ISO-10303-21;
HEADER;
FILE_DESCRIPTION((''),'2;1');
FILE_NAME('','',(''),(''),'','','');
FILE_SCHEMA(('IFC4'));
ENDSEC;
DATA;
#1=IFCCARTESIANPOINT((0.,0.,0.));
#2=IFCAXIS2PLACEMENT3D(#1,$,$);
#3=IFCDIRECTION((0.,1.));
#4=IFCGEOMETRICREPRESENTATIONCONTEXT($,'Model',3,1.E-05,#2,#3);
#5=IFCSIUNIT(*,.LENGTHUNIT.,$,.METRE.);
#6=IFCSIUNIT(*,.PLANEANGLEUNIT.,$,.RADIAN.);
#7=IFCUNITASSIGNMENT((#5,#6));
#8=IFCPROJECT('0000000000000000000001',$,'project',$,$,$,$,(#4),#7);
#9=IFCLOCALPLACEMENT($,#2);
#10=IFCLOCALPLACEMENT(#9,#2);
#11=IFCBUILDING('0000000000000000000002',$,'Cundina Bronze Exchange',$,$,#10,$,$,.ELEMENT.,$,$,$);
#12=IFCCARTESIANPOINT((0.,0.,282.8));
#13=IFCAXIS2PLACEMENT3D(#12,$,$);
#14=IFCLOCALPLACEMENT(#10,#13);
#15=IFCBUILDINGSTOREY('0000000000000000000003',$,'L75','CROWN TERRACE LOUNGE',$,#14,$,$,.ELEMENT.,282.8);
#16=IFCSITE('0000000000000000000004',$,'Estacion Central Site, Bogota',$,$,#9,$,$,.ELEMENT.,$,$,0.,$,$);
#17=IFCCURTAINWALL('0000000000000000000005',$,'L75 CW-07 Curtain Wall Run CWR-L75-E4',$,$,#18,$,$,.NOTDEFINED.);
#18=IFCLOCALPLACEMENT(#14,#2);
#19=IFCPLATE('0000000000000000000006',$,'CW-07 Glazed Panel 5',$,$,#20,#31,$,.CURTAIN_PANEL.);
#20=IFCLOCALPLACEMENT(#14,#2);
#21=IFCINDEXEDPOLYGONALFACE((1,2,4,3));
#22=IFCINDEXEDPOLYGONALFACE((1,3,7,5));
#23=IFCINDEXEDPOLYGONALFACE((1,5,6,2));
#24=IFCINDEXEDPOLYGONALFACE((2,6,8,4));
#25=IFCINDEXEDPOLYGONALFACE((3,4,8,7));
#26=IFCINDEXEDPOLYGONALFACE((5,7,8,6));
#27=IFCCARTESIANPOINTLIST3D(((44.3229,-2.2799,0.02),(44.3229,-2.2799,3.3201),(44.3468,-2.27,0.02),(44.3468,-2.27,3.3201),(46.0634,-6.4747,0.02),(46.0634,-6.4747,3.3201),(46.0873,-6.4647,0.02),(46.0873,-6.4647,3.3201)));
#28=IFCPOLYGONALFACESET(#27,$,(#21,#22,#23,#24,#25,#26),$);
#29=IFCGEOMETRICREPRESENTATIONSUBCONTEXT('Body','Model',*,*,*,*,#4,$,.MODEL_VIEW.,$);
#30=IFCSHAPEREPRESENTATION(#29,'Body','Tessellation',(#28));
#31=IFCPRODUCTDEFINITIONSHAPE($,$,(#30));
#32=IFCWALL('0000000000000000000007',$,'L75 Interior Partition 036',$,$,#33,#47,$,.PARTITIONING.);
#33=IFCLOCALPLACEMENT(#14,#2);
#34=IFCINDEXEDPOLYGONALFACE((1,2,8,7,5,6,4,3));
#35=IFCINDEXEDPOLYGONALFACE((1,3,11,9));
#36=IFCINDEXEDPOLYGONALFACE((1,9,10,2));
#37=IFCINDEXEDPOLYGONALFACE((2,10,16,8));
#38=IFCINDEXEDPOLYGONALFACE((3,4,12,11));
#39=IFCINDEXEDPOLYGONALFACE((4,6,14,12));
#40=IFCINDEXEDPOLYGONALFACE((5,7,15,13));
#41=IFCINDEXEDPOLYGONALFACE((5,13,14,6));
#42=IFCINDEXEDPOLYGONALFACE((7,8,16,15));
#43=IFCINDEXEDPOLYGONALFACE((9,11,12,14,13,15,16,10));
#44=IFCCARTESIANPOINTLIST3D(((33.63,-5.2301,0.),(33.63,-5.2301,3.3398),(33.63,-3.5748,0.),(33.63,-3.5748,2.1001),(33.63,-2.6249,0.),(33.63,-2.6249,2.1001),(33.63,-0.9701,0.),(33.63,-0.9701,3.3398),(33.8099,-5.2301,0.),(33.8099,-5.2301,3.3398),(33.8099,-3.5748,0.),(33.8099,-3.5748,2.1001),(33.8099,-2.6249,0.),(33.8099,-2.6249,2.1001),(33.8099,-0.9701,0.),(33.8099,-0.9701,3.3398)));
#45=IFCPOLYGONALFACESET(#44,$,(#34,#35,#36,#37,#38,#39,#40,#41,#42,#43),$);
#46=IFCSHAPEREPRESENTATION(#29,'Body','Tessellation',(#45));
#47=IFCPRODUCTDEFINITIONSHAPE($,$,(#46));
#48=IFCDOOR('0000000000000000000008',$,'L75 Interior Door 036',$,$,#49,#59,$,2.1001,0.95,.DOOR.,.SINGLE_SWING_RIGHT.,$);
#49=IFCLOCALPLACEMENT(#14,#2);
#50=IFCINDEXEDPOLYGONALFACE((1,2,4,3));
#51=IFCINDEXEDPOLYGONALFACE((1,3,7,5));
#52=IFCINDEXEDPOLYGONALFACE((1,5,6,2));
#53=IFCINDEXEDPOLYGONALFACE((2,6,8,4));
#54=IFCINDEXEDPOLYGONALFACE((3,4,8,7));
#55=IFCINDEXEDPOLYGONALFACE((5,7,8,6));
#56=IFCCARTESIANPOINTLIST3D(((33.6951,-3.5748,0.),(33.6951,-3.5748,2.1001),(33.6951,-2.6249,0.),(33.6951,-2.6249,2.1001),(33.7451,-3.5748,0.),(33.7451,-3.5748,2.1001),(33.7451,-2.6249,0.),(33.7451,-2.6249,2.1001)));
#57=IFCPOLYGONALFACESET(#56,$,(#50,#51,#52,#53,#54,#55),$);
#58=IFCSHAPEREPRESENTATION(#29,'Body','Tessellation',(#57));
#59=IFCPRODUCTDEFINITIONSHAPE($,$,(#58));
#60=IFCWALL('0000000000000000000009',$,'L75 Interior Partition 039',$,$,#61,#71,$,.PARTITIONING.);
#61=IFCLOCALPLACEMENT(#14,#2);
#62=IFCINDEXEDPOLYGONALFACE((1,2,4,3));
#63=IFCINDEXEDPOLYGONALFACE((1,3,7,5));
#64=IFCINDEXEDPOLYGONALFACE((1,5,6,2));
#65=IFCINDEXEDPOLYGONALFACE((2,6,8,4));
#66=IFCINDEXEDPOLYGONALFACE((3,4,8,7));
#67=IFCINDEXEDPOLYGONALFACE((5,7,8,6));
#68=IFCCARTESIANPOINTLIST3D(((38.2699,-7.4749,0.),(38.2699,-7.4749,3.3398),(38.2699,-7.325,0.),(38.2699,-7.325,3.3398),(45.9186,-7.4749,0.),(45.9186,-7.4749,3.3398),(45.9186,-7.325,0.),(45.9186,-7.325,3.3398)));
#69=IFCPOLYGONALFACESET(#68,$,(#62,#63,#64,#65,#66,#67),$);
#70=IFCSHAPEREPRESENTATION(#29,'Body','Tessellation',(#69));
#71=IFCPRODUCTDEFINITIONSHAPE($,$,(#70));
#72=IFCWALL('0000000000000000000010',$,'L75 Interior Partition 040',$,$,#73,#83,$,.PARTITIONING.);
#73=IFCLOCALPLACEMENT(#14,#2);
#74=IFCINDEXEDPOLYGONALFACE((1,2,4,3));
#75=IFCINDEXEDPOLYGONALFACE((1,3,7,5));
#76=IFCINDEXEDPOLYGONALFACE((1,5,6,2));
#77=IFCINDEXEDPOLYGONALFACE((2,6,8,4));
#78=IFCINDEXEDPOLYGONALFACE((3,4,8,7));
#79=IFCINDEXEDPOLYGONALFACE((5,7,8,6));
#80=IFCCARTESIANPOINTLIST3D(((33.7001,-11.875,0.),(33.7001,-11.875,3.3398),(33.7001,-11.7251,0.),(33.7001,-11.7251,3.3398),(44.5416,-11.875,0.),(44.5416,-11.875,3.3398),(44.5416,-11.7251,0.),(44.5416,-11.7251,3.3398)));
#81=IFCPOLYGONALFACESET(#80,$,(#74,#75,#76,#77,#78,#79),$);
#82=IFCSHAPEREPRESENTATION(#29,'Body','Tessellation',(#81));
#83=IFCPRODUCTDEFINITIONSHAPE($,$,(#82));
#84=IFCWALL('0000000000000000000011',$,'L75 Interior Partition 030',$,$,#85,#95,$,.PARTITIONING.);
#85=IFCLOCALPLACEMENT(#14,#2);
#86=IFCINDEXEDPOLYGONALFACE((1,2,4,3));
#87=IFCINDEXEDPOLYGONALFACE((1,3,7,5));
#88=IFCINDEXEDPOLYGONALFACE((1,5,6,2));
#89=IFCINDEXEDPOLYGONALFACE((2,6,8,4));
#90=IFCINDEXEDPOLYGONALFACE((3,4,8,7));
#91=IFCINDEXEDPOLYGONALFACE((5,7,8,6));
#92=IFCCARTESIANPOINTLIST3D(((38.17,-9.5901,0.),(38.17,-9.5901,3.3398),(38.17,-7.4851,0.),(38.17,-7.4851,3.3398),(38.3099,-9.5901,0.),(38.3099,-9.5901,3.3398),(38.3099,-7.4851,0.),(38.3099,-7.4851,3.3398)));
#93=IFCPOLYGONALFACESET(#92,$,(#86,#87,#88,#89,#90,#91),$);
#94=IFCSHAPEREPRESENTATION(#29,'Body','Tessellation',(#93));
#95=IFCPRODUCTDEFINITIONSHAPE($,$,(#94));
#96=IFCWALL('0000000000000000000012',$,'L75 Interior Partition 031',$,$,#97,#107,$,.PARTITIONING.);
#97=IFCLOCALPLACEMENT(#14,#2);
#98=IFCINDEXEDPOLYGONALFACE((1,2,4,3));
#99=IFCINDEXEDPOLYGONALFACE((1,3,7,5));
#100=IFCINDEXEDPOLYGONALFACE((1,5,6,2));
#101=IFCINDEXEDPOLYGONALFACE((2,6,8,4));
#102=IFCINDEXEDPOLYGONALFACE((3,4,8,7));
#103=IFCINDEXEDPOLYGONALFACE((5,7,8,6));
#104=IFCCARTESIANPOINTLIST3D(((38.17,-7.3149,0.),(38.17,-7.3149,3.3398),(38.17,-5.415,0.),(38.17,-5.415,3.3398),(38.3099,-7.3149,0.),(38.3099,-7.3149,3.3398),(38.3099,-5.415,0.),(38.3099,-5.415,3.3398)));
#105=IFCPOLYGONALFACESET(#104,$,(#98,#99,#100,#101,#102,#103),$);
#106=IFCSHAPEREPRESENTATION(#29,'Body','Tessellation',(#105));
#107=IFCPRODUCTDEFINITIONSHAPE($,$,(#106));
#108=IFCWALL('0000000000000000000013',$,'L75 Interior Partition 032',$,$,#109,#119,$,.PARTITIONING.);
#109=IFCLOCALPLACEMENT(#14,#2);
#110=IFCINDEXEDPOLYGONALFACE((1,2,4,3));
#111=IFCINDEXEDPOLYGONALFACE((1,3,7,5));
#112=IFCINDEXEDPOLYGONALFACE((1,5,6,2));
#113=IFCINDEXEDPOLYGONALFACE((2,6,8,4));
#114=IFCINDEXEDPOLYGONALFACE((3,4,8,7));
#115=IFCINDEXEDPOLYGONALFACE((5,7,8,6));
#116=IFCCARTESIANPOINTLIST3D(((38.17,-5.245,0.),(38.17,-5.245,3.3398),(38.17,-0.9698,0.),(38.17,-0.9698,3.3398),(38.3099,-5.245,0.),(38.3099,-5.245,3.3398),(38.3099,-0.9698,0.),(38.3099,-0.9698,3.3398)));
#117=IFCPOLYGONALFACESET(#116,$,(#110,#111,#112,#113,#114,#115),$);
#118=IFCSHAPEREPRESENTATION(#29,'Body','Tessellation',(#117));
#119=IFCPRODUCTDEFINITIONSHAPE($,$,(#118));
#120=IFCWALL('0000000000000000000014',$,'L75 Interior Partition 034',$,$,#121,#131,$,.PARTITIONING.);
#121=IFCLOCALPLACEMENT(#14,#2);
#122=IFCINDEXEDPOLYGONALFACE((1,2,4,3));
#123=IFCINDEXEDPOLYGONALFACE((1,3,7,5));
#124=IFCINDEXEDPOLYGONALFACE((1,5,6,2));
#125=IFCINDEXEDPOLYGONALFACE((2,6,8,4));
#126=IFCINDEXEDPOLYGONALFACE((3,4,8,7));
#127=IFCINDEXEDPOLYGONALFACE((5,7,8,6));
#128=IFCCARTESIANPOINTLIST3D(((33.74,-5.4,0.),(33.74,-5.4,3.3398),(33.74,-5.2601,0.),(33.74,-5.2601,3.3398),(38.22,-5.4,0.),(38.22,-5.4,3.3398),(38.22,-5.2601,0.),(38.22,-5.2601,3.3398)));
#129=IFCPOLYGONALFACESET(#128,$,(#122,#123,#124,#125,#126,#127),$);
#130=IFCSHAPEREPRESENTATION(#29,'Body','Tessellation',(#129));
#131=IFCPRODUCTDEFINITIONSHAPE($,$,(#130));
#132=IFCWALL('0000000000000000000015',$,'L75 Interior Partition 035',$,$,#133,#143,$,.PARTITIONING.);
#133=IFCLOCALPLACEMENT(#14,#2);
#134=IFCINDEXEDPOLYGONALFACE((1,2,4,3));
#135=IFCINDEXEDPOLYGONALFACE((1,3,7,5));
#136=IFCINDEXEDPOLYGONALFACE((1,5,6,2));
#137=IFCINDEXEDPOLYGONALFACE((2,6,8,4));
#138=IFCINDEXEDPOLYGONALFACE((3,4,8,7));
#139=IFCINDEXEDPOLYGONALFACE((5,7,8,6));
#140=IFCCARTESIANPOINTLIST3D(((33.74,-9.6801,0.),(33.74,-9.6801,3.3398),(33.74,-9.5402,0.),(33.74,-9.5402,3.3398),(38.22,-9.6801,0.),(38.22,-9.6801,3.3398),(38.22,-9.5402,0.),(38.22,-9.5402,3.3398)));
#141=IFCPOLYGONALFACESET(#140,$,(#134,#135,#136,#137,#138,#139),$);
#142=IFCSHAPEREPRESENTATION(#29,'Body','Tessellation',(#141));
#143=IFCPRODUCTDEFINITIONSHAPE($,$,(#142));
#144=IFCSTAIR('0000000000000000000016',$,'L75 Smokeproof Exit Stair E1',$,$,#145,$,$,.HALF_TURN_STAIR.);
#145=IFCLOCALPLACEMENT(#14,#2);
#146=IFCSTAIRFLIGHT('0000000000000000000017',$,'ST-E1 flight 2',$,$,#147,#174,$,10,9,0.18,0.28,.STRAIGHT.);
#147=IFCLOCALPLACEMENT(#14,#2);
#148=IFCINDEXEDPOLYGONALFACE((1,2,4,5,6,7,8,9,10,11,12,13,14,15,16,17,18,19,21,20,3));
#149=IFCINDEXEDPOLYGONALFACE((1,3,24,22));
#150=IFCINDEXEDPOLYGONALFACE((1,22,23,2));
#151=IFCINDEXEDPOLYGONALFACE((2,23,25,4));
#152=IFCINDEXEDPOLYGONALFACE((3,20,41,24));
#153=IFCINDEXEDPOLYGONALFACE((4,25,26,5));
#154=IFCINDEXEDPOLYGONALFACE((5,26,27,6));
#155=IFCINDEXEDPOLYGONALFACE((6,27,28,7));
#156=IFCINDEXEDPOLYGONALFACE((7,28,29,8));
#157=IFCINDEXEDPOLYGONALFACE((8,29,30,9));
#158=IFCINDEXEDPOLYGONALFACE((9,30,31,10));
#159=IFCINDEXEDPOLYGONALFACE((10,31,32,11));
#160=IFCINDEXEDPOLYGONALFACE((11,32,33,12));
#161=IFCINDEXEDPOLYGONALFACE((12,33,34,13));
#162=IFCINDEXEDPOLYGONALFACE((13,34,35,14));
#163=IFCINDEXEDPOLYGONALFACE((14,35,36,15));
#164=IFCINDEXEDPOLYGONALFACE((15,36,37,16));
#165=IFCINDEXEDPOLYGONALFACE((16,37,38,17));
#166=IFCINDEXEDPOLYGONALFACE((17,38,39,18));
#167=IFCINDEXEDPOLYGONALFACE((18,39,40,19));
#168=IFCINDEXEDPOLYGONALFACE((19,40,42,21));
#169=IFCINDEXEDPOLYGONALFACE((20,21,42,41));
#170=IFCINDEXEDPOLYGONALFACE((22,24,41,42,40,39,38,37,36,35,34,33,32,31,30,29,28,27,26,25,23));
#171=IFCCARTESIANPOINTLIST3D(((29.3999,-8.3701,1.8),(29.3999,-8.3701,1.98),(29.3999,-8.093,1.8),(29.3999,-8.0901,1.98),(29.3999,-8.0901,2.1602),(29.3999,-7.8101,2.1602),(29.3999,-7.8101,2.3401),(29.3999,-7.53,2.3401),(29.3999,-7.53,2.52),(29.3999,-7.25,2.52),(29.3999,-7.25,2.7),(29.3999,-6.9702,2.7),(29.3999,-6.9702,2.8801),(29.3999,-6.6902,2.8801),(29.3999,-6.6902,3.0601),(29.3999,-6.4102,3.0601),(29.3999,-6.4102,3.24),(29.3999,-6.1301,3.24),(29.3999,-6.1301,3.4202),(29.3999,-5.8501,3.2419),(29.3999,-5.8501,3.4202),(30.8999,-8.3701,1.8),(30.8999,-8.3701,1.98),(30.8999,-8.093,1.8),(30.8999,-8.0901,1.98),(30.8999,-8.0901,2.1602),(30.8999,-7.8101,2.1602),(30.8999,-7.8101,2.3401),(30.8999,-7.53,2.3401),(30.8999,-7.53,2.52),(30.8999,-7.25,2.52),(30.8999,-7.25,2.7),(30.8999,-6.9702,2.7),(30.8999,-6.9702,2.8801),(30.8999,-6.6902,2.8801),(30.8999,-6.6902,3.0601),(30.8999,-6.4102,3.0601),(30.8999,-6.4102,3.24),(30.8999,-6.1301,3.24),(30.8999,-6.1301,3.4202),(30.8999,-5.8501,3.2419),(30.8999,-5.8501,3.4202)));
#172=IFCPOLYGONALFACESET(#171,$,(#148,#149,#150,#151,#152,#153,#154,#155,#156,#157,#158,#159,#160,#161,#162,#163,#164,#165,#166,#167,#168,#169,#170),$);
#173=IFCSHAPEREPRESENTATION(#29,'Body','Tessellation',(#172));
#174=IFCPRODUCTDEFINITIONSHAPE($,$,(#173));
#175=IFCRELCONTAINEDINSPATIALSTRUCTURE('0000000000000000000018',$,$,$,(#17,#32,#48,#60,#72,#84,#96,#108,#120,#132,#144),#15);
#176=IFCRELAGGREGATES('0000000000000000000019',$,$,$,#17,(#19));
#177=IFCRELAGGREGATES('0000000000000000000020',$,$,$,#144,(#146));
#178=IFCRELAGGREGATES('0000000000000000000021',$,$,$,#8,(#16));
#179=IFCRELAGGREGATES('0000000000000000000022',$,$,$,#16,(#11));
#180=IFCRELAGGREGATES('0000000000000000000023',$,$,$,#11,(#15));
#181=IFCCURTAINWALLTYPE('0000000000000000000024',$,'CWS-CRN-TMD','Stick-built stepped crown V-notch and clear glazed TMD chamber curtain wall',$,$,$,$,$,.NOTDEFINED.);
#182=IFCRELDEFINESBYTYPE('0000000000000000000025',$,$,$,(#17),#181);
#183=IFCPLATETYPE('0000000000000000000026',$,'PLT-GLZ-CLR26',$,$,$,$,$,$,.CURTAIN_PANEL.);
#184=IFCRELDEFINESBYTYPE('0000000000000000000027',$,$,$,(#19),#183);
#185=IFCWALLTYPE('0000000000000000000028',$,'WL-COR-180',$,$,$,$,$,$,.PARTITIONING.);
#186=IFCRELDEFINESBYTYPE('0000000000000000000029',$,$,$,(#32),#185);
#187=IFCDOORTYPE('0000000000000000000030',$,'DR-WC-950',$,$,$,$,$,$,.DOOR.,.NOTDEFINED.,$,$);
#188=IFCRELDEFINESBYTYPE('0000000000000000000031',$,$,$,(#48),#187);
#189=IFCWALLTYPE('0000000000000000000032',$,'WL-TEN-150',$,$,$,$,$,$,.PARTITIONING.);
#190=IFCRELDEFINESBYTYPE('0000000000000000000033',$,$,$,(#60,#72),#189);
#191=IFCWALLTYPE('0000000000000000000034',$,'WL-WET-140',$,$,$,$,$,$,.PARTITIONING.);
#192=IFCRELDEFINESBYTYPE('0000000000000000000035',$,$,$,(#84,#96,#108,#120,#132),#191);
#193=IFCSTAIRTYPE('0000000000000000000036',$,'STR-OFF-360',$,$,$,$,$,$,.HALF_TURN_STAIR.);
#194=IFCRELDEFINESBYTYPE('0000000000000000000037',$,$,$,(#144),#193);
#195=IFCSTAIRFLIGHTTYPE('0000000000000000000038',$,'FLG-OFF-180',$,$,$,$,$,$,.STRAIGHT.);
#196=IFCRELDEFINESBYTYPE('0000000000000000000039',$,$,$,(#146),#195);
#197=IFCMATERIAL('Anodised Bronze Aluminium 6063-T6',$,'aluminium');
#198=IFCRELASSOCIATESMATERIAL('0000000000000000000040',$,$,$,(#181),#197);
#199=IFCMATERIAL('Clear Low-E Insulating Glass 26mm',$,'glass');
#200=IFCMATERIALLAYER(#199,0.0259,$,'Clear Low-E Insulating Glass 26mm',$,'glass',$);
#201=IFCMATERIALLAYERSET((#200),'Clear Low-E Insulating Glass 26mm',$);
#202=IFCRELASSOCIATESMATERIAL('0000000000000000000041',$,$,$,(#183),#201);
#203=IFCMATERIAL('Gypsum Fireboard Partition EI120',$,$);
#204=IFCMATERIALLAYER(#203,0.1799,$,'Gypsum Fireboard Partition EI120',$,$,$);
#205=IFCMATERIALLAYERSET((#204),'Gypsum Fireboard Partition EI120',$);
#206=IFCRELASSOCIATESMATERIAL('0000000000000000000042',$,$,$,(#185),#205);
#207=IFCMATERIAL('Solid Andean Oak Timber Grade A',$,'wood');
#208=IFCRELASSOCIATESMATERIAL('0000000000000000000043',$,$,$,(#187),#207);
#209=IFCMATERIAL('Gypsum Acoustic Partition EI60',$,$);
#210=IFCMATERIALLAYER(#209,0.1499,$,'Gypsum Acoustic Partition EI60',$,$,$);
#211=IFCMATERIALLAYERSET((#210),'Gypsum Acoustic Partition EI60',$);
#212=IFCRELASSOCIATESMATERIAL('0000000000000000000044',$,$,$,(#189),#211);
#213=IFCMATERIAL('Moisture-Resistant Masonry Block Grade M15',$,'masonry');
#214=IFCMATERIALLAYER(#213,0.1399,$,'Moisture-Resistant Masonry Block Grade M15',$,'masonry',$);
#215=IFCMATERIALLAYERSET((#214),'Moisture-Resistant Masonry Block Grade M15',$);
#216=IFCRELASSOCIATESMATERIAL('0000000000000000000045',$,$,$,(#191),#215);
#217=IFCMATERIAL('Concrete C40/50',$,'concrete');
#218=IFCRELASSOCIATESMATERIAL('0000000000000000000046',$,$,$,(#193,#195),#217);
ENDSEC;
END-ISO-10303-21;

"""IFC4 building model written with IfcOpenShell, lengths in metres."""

from ifc_helpers import new_model, si_unit, direction, frame, frame_2d, origin, origin_2d, place, context, subcontext, project, spatial, polyline, rectangle, outline, extrude, material, layer, layer_set, type_object, element, fill, aggregate, save


model = new_model("IFC4")

# Units and contexts
model_context = context("Model", 3, precision=1e-05, world=origin(), true_north=direction((0.0, 1.0)))
body_context = subcontext(model_context, "Body", "Model", "MODEL_VIEW")
ifc_project = project(units=[si_unit("LENGTHUNIT", "METRE"), si_unit("PLANEANGLEUNIT", "RADIAN")], contexts=[model_context])

# Site, building, storey
site_placement = place(None, origin())
site = spatial("IfcSite", under=ifc_project, at=site_placement, Name="Estacion Central Site, Bogota", CompositionType="ELEMENT", RefElevation=0.0)
building_placement = place(site_placement, origin())
building = spatial("IfcBuilding", under=site, at=building_placement, Name="Cundina Bronze Exchange", CompositionType="ELEMENT")
storey_placement = place(building_placement, frame((0.0, 0.0, 282.8)))
storey = spatial("IfcBuildingStorey", under=building, at=storey_placement, Name="L75", Description="CROWN TERRACE LOUNGE", CompositionType="ELEMENT", Elevation=282.8)

# Curtain wall
ifc_material_1 = material(Name="Anodised Bronze Aluminium 6063-T6", Category="aluminium")
curtain_wall_type = type_object("IfcCurtainWallType", Name="CWS-CRN-TMD", Description="Stick-built stepped crown V-notch and clear glazed TMD chamber curtain wall", PredefinedType="NOTDEFINED", material=ifc_material_1)
curtain_wall_placement = place(storey_placement, origin())
curtain_wall = element("IfcCurtainWall", 1, at=curtain_wall_placement, inside=storey, type_object=curtain_wall_type, Name="L75 CW-07 Curtain Wall Run CWR-L75-E4", PredefinedType="NOTDEFINED")

# Plate
ifc_material_2 = material(Name="Clear Low-E Insulating Glass 26mm", Category="glass")
ifc_layer_1 = layer(ifc_material_2, 0.0259, Name="Clear Low-E Insulating Glass 26mm", Category="glass")
ifc_layer_set_1 = layer_set([ifc_layer_1], Name="Clear Low-E Insulating Glass 26mm")
plate_type_1 = type_object("IfcPlateType", Name="PLT-GLZ-CLR26", PredefinedType="CURTAIN_PANEL", material=ifc_layer_set_1)
plate_1_placement = place(storey_placement, frame((45.2051, -4.3723, 0.02), z_axis=(0.0, 0.0, 1.0), x_axis=(-0.383232, 0.923652, 0.0)))
plate_1 = element("IfcPlate", 2, at=plate_1_placement, type_object=plate_type_1, Name="CW-07 Glazed Panel 5", PredefinedType="CURTAIN_PANEL", context=body_context, shape_type="SweptSolid", body=[
    extrude(rectangle(XDim=4.5415, YDim=0.0259, at=origin_2d()), origin(), (0.0, 0.0, 1.0), 3.3),
])
aggregate(curtain_wall, [plate_1])

# Wall, opening, door
ifc_material_3 = material(Name="Gypsum Fireboard Partition EI120")
ifc_layer_2 = layer(ifc_material_3, 0.1799, Name="Gypsum Fireboard Partition EI120")
ifc_layer_set_2 = layer_set([ifc_layer_2], Name="Gypsum Fireboard Partition EI120")
wall_type_1 = type_object("IfcWallType", Name="WL-COR-180", PredefinedType="PARTITIONING", material=ifc_layer_set_2)
wall_1_placement = place(storey_placement, frame((33.72, -5.23, 0.0), z_axis=(0.0, 0.0, 1.0), x_axis=(0.0, 1.0, 0.0)))
wall_1 = element("IfcWall", 3, at=wall_1_placement, inside=storey, type_object=wall_type_1, Name="L75 Interior Partition 036", PredefinedType="PARTITIONING", context=body_context, shape_type="SweptSolid", body=[
    extrude(rectangle(XDim=4.26, YDim=0.1799, at=frame_2d((2.1299, 0.0))), origin(), (0.0, 0.0, 1.0), 3.3398),
])
opening_1_placement = place(wall_1_placement, frame((1.655, 0.0, 0.0)))
opening_1 = element("IfcOpeningElement", 4, at=opening_1_placement, cuts=wall_1, PredefinedType="OPENING", context=body_context, shape_type="SweptSolid", body=[
    extrude(rectangle(XDim=0.95, YDim=2.1001, at=frame_2d((0.4751, 1.05))), frame((0.0, 0.0999, 0.0), z_axis=(0.0, -1.0, 0.0), x_axis=(1.0, 0.0, 0.0)), (0.0, 0.0, 1.0), 0.2),
])
ifc_material_4 = material(Name="Solid Andean Oak Timber Grade A", Category="wood")
door_type_1 = type_object("IfcDoorType", Name="DR-WC-950", OperationType="NOTDEFINED", PredefinedType="DOOR", material=ifc_material_4)
door_1_placement = place(opening_1_placement, origin())
door_1 = element("IfcDoor", 5, at=door_1_placement, inside=storey, type_object=door_type_1, Name="L75 Interior Door 036", OperationType="SINGLE_SWING_RIGHT", OverallHeight=2.1001, OverallWidth=0.95, PredefinedType="DOOR", context=body_context, shape_type="SweptSolid", body=[
    extrude(rectangle(XDim=0.95, YDim=2.1001, at=frame_2d((0.4751, 1.05))), frame((0.0, 0.0249, 0.0), z_axis=(0.0, -1.0, 0.0), x_axis=(1.0, 0.0, 0.0)), (0.0, 0.0, 1.0), 0.05),
])
fill(opening_1, door_1)

# Walls
ifc_material_5 = material(Name="Gypsum Acoustic Partition EI60")
ifc_layer_3 = layer(ifc_material_5, 0.1499, Name="Gypsum Acoustic Partition EI60")
ifc_layer_set_3 = layer_set([ifc_layer_3], Name="Gypsum Acoustic Partition EI60")
wall_type_2 = type_object("IfcWallType", Name="WL-TEN-150", PredefinedType="PARTITIONING", material=ifc_layer_set_3)
wall_2_placement = place(storey_placement, frame((38.27, -7.3999, 0.0), z_axis=(0.0, 0.0, 1.0), x_axis=(1.0, 0.0, 0.0)))
element("IfcWall", 6, at=wall_2_placement, inside=storey, type_object=wall_type_2, Name="L75 Interior Partition 039", PredefinedType="PARTITIONING", context=body_context, shape_type="SweptSolid", body=[
    extrude(rectangle(XDim=7.6487, YDim=0.1499, at=frame_2d((3.8242, 0.0))), origin(), (0.0, 0.0, 1.0), 3.3398),
])
wall_3_placement = place(storey_placement, frame((33.7, -11.8, 0.0), z_axis=(0.0, 0.0, 1.0), x_axis=(1.0, 0.0, 0.0)))
element("IfcWall", 7, at=wall_3_placement, inside=storey, type_object=wall_type_2, Name="L75 Interior Partition 040", PredefinedType="PARTITIONING", context=body_context, shape_type="SweptSolid", body=[
    extrude(rectangle(XDim=10.8416, YDim=0.1499, at=frame_2d((5.4209, 0.0))), origin(), (0.0, 0.0, 1.0), 3.3398),
])
ifc_material_6 = material(Name="Moisture-Resistant Masonry Block Grade M15", Category="masonry")
ifc_layer_4 = layer(ifc_material_6, 0.1399, Name="Moisture-Resistant Masonry Block Grade M15", Category="masonry")
ifc_layer_set_4 = layer_set([ifc_layer_4], Name="Moisture-Resistant Masonry Block Grade M15")
wall_type_3 = type_object("IfcWallType", Name="WL-WET-140", PredefinedType="PARTITIONING", material=ifc_layer_set_4)
wall_4_placement = place(storey_placement, frame((38.24, -9.5901, 0.0), z_axis=(0.0, 0.0, 1.0), x_axis=(0.0, 1.0, 0.0)))
element("IfcWall", 8, at=wall_4_placement, inside=storey, type_object=wall_type_3, Name="L75 Interior Partition 030", PredefinedType="PARTITIONING", context=body_context, shape_type="SweptSolid", body=[
    extrude(rectangle(XDim=2.105, YDim=0.1399, at=frame_2d((1.0525, 0.0))), origin(), (0.0, 0.0, 1.0), 3.3398),
])
wall_5_placement = place(storey_placement, frame((38.24, -7.3149, 0.0), z_axis=(0.0, 0.0, 1.0), x_axis=(0.0, 1.0, 0.0)))
element("IfcWall", 9, at=wall_5_placement, inside=storey, type_object=wall_type_3, Name="L75 Interior Partition 031", PredefinedType="PARTITIONING", context=body_context, shape_type="SweptSolid", body=[
    extrude(rectangle(XDim=1.8999, YDim=0.1399, at=frame_2d((0.95, 0.0))), origin(), (0.0, 0.0, 1.0), 3.3398),
])
wall_6_placement = place(storey_placement, frame((38.24, -5.2451, 0.0), z_axis=(0.0, 0.0, 1.0), x_axis=(0.0, 1.0, 0.0)))
element("IfcWall", 10, at=wall_6_placement, inside=storey, type_object=wall_type_3, Name="L75 Interior Partition 032", PredefinedType="PARTITIONING", context=body_context, shape_type="SweptSolid", body=[
    extrude(rectangle(XDim=4.2751, YDim=0.1399, at=frame_2d((2.1377, 0.0))), origin(), (0.0, 0.0, 1.0), 3.3398),
])
for number, where, z_axis, x_axis, name in (
    (11, (33.74, -5.3301, 0.0), (0.0, 0.0, 1.0), (1.0, 0.0, 0.0), "L75 Interior Partition 034"),
    (12, (33.74, -9.6101, 0.0), (0.0, 0.0, 1.0), (1.0, 0.0, 0.0), "L75 Interior Partition 035"),
):
    element("IfcWall", number, at=place(storey_placement, frame(where, z_axis=z_axis, x_axis=x_axis)), inside=storey, type_object=wall_type_3, Name=name, PredefinedType="PARTITIONING", context=body_context, shape_type="SweptSolid", body=[
        extrude(rectangle(XDim=4.48, YDim=0.1399, at=frame_2d((2.24, 0.0))), origin(), (0.0, 0.0, 1.0), 3.3398),
    ])

# Stair, stair flight
ifc_material_7 = material(Name="Concrete C40/50", Category="concrete")
stair_type = type_object("IfcStairType", Name="STR-OFF-360", PredefinedType="HALF_TURN_STAIR", material=ifc_material_7)
stair_placement = place(storey_placement, origin())
stair = element("IfcStair", 13, at=stair_placement, inside=storey, type_object=stair_type, Name="L75 Smokeproof Exit Stair E1", PredefinedType="HALF_TURN_STAIR")
stair_flight_type = type_object("IfcStairFlightType", Name="FLG-OFF-180", PredefinedType="STRAIGHT", material=ifc_material_7)
stair_flight_placement = place(storey_placement, frame((30.1499, -8.3701, 1.8), z_axis=(0.0, 0.0, 1.0), x_axis=(0.0, 1.0, 0.0)))
stair_flight = element("IfcStairFlight", 14, at=stair_flight_placement, type_object=stair_flight_type, Name="ST-E1 flight 2", NumberOfRisers=10, NumberOfTreads=9, PredefinedType="STRAIGHT", RiserHeight=0.18, TreadLength=0.28, context=body_context, shape_type="SweptSolid", body=[
    extrude(outline(polyline([(0.0, 0.0), (0.0, 0.1799), (0.28, 0.1799), (0.28, 0.3601), (0.5601, 0.3601), (0.5601, 0.54), (0.8401, 0.54), (0.8401, 0.72), (1.1201, 0.72), (1.1201, 0.8999), (1.3999, 0.8999), (1.3999, 1.0801), (1.6799, 1.0801), (1.6799, 1.26), (1.96, 1.26), (1.96, 1.4399), (2.24, 1.4399), (2.24, 1.6201), (2.52, 1.6201), (2.52, 1.8), (2.52, 1.4419), (0.2771, 0.0), (0.0, 0.0)])), frame((0.0, 0.75, 0.0), z_axis=(0.0, -1.0, 0.0), x_axis=(1.0, 0.0, 0.0)), (0.0, 0.0, 1.0), 1.5),
])
aggregate(stair, [stair_flight])

save(model, "model.ifc")
